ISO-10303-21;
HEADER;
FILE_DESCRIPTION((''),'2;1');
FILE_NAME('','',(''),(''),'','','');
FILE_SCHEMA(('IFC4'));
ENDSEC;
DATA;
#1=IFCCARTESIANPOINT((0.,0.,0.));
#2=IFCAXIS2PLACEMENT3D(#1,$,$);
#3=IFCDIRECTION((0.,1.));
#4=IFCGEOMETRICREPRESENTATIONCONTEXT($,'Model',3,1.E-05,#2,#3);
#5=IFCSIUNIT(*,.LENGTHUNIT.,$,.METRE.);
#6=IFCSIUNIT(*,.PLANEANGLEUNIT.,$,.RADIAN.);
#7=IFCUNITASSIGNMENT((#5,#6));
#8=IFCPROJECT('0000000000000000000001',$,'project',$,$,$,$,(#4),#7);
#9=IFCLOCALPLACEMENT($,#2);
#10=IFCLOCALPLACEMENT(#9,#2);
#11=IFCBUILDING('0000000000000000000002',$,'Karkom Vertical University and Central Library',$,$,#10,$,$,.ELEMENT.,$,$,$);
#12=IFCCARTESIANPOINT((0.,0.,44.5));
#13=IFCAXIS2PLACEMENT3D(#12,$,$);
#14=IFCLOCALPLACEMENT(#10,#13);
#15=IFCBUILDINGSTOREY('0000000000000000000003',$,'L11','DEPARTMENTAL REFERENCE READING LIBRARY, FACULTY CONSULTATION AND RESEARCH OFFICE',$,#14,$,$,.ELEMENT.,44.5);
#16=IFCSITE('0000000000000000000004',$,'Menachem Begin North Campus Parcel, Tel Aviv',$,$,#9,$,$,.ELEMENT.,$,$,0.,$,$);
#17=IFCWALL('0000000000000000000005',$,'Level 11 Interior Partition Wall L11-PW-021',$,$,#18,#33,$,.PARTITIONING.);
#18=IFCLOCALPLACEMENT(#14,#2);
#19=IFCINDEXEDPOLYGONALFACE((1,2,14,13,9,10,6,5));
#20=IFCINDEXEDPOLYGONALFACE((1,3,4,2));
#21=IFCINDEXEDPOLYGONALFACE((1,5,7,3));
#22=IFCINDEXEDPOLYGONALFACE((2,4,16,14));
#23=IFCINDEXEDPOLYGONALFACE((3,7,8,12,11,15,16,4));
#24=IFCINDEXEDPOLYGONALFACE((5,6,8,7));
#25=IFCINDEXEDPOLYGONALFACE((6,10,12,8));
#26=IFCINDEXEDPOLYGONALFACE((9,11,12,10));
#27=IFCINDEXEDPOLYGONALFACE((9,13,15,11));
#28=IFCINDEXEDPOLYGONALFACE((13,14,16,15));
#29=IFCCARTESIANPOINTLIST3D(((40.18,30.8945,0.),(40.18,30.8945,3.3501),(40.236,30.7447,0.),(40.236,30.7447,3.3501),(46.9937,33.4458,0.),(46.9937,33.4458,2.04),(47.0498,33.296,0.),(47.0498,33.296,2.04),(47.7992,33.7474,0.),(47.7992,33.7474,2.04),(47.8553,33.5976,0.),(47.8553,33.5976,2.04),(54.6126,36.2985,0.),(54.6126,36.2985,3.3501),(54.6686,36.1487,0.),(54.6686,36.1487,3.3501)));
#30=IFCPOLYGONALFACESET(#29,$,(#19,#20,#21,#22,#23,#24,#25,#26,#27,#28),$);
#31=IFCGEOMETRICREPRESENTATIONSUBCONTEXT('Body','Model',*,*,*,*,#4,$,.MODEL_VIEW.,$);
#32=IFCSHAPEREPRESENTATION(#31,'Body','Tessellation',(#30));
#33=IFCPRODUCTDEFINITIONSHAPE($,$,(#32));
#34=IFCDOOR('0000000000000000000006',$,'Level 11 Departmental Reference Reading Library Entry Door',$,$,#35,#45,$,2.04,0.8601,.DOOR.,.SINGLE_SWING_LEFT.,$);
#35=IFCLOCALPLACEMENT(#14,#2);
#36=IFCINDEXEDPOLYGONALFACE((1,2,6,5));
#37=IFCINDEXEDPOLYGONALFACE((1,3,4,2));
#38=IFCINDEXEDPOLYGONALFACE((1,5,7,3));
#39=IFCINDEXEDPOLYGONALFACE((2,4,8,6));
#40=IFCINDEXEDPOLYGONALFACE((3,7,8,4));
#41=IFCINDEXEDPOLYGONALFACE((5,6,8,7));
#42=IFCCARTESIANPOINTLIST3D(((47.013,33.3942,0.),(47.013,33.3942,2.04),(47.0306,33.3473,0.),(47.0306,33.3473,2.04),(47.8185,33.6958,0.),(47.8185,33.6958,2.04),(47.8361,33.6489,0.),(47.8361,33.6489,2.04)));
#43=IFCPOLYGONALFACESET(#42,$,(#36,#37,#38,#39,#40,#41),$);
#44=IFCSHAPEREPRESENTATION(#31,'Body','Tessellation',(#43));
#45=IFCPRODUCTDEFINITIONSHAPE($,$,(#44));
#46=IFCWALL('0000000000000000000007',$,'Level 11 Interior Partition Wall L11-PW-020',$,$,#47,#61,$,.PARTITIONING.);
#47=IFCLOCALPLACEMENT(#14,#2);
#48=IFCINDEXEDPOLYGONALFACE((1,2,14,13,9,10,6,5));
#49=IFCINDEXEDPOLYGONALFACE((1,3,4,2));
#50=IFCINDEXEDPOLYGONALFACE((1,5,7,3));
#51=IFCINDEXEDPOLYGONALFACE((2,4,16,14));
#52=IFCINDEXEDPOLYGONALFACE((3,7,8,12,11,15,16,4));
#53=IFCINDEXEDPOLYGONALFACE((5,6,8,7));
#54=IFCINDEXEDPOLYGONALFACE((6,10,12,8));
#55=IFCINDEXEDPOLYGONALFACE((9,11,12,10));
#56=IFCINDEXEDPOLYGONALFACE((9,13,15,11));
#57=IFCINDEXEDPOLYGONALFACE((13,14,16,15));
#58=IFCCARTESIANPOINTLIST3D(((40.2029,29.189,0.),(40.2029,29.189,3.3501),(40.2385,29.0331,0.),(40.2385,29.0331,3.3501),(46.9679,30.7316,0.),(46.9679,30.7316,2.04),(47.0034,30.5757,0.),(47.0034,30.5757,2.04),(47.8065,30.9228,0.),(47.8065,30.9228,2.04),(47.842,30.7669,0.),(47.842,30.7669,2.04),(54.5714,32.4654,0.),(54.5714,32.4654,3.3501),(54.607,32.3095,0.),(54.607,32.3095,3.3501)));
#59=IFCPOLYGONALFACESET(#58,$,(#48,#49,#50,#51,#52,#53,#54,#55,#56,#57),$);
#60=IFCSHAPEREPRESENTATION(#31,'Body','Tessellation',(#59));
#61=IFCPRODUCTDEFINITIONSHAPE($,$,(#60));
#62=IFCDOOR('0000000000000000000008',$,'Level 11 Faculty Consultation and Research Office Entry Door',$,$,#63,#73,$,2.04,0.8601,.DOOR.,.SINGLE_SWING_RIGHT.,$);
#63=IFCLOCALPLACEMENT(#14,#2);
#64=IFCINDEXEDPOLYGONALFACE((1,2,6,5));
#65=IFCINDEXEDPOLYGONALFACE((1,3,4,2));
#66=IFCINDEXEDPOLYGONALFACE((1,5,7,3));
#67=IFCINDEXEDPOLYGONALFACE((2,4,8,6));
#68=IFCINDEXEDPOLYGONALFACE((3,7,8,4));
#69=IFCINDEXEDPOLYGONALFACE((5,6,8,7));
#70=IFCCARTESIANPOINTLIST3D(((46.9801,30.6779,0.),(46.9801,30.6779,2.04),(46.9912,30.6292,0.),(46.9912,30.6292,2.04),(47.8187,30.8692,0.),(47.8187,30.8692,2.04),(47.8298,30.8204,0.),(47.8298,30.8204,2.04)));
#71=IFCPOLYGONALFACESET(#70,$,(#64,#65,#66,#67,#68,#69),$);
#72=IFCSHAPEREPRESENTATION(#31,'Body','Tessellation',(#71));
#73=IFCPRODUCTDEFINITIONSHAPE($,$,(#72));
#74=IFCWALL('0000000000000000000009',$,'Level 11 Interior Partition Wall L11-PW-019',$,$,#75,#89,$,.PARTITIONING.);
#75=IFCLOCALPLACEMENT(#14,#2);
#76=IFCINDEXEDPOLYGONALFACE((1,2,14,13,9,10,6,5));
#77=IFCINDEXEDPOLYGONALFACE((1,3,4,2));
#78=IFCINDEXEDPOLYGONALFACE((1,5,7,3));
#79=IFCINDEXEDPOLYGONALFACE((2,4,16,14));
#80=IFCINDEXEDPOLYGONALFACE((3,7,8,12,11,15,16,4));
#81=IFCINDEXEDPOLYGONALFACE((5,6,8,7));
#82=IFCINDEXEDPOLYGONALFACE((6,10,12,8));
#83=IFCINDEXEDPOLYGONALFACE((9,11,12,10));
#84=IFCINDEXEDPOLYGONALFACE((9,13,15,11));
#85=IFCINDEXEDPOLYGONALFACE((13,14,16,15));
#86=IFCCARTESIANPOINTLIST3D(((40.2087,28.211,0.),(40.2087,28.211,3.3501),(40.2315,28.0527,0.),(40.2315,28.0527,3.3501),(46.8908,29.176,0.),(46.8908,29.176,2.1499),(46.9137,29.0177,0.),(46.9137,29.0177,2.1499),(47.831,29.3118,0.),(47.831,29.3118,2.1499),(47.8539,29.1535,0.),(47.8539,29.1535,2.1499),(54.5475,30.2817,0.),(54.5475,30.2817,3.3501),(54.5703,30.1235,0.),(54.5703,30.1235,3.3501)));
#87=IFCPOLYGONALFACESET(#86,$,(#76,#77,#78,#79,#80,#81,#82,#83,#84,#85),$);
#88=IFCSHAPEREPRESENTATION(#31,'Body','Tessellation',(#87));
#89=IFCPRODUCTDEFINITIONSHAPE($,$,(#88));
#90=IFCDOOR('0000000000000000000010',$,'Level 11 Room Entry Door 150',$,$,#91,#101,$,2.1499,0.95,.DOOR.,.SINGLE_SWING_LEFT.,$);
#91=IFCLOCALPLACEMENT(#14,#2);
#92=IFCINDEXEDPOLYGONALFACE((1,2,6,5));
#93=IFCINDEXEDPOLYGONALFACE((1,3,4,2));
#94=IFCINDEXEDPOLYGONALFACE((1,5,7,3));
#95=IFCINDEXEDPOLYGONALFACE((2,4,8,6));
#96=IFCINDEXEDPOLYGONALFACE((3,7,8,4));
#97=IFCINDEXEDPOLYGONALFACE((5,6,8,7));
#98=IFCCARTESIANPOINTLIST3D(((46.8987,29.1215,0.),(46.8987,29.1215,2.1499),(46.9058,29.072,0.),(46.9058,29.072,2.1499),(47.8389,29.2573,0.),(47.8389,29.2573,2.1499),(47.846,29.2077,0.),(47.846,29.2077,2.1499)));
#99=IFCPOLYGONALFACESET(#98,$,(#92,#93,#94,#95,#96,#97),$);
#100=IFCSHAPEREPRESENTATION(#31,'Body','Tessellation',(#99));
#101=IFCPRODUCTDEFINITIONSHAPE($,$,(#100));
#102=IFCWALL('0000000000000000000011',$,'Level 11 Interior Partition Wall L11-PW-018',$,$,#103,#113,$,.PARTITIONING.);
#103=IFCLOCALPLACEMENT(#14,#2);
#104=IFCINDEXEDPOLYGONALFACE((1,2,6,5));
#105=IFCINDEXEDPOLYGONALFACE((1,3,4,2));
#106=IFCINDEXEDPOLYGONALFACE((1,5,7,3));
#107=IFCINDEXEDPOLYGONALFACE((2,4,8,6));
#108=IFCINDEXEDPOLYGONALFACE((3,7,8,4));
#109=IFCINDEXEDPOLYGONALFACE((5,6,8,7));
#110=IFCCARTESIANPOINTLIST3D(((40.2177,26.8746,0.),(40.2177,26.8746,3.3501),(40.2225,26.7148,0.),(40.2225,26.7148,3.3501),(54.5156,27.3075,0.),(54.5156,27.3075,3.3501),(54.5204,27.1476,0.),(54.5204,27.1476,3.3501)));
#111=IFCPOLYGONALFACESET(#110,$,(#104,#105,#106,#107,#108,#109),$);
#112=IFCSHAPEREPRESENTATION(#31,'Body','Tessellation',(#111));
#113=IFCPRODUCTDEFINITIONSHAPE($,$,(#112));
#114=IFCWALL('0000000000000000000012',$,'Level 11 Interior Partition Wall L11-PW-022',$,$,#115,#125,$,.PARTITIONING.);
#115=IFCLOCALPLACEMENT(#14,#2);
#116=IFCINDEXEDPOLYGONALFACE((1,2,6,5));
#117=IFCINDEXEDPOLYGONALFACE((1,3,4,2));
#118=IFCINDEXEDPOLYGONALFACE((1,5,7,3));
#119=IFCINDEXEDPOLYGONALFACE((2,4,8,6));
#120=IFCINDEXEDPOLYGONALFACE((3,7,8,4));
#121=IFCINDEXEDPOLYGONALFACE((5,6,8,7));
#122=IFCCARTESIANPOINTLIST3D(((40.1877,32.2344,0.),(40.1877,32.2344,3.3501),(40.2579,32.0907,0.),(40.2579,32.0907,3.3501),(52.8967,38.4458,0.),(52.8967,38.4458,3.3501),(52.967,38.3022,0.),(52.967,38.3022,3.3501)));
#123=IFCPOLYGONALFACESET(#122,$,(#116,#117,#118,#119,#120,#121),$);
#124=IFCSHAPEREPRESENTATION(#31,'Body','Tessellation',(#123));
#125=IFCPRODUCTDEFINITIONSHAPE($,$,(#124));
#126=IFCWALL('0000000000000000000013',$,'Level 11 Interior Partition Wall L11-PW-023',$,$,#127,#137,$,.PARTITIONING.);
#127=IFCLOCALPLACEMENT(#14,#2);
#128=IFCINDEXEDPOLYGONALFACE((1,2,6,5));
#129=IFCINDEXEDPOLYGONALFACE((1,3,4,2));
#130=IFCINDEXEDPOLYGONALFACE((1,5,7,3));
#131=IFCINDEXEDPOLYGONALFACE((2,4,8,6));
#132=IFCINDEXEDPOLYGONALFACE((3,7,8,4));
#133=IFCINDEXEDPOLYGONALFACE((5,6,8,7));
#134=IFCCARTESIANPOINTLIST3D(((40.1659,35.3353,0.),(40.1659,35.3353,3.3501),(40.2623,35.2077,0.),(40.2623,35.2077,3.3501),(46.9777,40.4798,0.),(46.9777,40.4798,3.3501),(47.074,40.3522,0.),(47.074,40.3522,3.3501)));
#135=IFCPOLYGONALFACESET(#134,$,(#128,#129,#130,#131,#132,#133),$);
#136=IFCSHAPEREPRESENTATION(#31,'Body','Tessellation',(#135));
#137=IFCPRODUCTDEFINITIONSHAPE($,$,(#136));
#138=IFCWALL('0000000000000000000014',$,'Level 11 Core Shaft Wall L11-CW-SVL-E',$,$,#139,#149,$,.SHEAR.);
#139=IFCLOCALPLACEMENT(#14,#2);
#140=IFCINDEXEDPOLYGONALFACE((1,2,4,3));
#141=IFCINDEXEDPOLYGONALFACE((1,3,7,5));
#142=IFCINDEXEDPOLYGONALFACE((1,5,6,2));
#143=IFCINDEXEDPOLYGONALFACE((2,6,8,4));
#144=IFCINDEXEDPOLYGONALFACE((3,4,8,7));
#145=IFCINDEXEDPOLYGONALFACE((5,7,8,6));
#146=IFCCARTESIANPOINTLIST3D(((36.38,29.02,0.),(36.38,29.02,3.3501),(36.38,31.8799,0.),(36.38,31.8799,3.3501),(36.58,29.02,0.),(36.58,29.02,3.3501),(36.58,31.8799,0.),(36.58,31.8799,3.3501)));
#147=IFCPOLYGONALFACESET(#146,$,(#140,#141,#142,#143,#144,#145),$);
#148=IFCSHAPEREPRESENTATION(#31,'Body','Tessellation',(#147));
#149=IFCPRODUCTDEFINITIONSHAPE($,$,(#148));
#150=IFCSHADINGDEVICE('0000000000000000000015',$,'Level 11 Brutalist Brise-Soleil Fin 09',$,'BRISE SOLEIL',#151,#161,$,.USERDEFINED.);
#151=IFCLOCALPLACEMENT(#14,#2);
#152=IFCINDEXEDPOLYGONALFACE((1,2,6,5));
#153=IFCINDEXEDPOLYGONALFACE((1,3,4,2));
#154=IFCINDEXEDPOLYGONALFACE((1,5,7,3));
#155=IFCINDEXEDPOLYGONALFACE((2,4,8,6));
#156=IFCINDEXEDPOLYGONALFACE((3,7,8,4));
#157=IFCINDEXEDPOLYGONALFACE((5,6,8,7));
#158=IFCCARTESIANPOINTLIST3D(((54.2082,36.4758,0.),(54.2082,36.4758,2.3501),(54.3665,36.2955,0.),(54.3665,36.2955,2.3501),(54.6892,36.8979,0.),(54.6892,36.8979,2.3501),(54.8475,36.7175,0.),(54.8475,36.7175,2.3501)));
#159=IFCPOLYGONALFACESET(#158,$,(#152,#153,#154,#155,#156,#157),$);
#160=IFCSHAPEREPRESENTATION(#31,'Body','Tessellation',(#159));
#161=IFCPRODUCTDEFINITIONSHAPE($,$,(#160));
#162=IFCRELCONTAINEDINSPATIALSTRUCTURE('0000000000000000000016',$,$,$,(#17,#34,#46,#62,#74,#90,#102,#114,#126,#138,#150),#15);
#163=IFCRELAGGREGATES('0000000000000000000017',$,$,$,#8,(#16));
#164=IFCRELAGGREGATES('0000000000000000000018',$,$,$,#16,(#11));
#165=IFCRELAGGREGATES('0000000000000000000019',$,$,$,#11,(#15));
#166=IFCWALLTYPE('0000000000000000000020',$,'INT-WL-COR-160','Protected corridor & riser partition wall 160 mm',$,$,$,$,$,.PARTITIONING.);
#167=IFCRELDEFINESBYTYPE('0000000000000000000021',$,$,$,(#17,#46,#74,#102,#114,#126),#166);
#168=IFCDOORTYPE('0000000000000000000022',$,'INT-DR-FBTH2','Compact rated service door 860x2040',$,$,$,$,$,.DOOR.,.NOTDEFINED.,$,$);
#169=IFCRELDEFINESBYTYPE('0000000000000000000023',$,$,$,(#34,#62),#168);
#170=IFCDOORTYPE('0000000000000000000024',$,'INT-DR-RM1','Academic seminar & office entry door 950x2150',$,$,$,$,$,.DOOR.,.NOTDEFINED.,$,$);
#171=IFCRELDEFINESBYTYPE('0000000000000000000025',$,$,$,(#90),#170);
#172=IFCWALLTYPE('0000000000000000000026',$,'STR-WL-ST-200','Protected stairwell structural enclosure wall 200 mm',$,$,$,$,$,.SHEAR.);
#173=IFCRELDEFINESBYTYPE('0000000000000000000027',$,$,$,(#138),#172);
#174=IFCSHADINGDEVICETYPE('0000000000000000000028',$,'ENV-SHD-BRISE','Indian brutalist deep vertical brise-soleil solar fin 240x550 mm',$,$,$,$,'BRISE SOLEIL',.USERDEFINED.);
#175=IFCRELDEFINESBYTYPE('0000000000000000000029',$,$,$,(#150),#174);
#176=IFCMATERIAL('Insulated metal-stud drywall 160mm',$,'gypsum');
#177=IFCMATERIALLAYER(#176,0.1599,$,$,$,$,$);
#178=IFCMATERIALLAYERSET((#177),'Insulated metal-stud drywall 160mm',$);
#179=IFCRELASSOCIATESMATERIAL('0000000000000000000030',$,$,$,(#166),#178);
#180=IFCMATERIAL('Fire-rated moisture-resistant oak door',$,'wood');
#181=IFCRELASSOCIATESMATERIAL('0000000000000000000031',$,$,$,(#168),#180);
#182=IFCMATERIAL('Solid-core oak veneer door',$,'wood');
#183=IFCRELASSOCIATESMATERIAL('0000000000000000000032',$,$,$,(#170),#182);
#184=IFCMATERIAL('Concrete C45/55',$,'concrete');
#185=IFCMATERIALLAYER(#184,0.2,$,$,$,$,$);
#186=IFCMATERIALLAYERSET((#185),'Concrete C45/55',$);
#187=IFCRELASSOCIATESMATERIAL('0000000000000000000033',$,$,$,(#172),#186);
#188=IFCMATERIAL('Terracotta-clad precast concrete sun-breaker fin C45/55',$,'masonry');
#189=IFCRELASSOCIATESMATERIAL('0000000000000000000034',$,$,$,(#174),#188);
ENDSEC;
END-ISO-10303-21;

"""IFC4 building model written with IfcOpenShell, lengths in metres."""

from ifc_helpers import new_model, si_unit, direction, frame, frame_2d, origin, origin_with_axes, origin_2d, place, context, subcontext, project, spatial, rectangle, extrude, source, transform, mapped, material, layer, layer_set, type_object, element, fill, save


model = new_model("IFC4")

# Units and contexts
model_context = context("Model", 3, precision=1e-05, world=origin(), true_north=direction((0.0, 1.0)))
body_context = subcontext(model_context, "Body", "Model", "MODEL_VIEW")
ifc_project = project(units=[si_unit("LENGTHUNIT", "METRE"), si_unit("PLANEANGLEUNIT", "RADIAN")], contexts=[model_context])

# Site, building, storey
site_placement = place(None, origin())
site = spatial("IfcSite", under=ifc_project, at=site_placement, Name="Menachem Begin North Campus Parcel, Tel Aviv", CompositionType="ELEMENT", RefElevation=0.0)
building_placement = place(site_placement, origin())
building = spatial("IfcBuilding", under=site, at=building_placement, Name="Karkom Vertical University and Central Library", CompositionType="ELEMENT")
storey_placement = place(building_placement, frame((0.0, 0.0, 44.5)))
storey = spatial("IfcBuildingStorey", under=building, at=storey_placement, Name="L11", Description="DEPARTMENTAL REFERENCE READING LIBRARY, FACULTY CONSULTATION AND RESEARCH OFFICE", CompositionType="ELEMENT", Elevation=44.5)

# Walls, openings, doors
ifc_material_1 = material(Name="Insulated metal-stud drywall 160mm", Category="gypsum")
ifc_layer_1 = layer(ifc_material_1, 0.1599)
ifc_layer_set_1 = layer_set([ifc_layer_1], Name="Insulated metal-stud drywall 160mm")
wall_type_1 = type_object("IfcWallType", Name="INT-WL-COR-160", Description="Protected corridor & riser partition wall 160 mm", PredefinedType="PARTITIONING", material=ifc_layer_set_1)
wall_1_placement = place(storey_placement, frame((40.208, 30.8196, 0.0), z_axis=(0.0, 0.0, 1.0), x_axis=(0.936504, 0.350658, 0.0)))
wall_1 = element("IfcWall", 1, at=wall_1_placement, inside=storey, type_object=wall_type_1, Name="Level 11 Interior Partition Wall L11-PW-021", PredefinedType="PARTITIONING", context=body_context, shape_type="SweptSolid", body=[
    extrude(rectangle(XDim=15.4111, YDim=0.1599, at=frame_2d((7.7056, 0.0))), origin(), (0.0, 0.0, 1.0), 3.3501),
])
opening_1_placement = place(wall_1_placement, frame((7.2756, 0.0, 0.0)))
opening_1 = element("IfcOpeningElement", 2, at=opening_1_placement, cuts=wall_1, PredefinedType="OPENING", context=body_context, shape_type="SweptSolid", body=[
    extrude(rectangle(XDim=0.8601, YDim=2.04, at=frame_2d((0.4302, 1.02))), frame((0.0, 0.0898, 0.0), z_axis=(0.0, -1.0, 0.0), x_axis=(1.0, 0.0, 0.0)), (0.0, 0.0, 1.0), 0.1799),
])
ifc_material_2 = material(Name="Fire-rated moisture-resistant oak door", Category="wood")
door_type_1 = type_object("IfcDoorType", Name="INT-DR-FBTH2", Description="Compact rated service door 860x2040", OperationType="NOTDEFINED", PredefinedType="DOOR", material=ifc_material_2)
shared_shape_1 = source(origin_with_axes(), body_context, "Body", "SweptSolid", [
    extrude(rectangle(XDim=0.8601, YDim=2.04, at=frame_2d((0.4302, 1.02))), frame((0.0, 0.0249, 0.0), z_axis=(0.0, -1.0, 0.0), x_axis=(1.0, 0.0, 0.0)), (0.0, 0.0, 1.0), 0.05),
])
door_1_placement = place(opening_1_placement, origin())
door_1 = element("IfcDoor", 3, at=door_1_placement, inside=storey, type_object=door_type_1, Name="Level 11 Departmental Reference Reading Library Entry Door", OperationType="SINGLE_SWING_LEFT", OverallHeight=2.04, OverallWidth=0.8601, PredefinedType="DOOR", context=body_context, shape_type="MappedRepresentation", body=[
    mapped(shared_shape_1, transform((0.0, 0.0, 0.0), scale=1.0)),
])
fill(opening_1, door_1)
wall_2_placement = place(storey_placement, frame((40.2207, 29.1111, 0.0), z_axis=(0.0, 0.0, 1.0), x_axis=(0.974974, 0.222319, 0.0)))
wall_2 = element("IfcWall", 4, at=wall_2_placement, inside=storey, type_object=wall_type_1, Name="Level 11 Interior Partition Wall L11-PW-020", PredefinedType="PARTITIONING", context=body_context, shape_type="SweptSolid", body=[
    extrude(rectangle(XDim=14.7373, YDim=0.1599, at=frame_2d((7.3687, 0.0))), origin(), (0.0, 0.0, 1.0), 3.3501),
])
opening_2_placement = place(wall_2_placement, frame((6.9385, 0.0, 0.0)))
opening_2 = element("IfcOpeningElement", 5, at=opening_2_placement, cuts=wall_2, PredefinedType="OPENING", context=body_context, shape_type="SweptSolid", body=[
    extrude(rectangle(XDim=0.8601, YDim=2.04, at=frame_2d((0.4302, 1.02))), frame((0.0, 0.0898, 0.0), z_axis=(0.0, -1.0, 0.0), x_axis=(1.0, 0.0, 0.0)), (0.0, 0.0, 1.0), 0.1799),
])
door_2_placement = place(opening_2_placement, origin())
door_2 = element("IfcDoor", 6, at=door_2_placement, inside=storey, type_object=door_type_1, Name="Level 11 Faculty Consultation and Research Office Entry Door", OperationType="SINGLE_SWING_RIGHT", OverallHeight=2.04, OverallWidth=0.8601, PredefinedType="DOOR", context=body_context, shape_type="MappedRepresentation", body=[
    mapped(shared_shape_1, transform((0.0, 0.0, 0.0), scale=1.0)),
])
fill(opening_2, door_2)
wall_3_placement = place(storey_placement, frame((40.2202, 28.1318, 0.0), z_axis=(0.0, 0.0, 1.0), x_axis=(0.989732, 0.142936, 0.0)))
wall_3 = element("IfcWall", 7, at=wall_3_placement, inside=storey, type_object=wall_type_1, Name="Level 11 Interior Partition Wall L11-PW-019", PredefinedType="PARTITIONING", context=body_context, shape_type="SweptSolid", body=[
    extrude(rectangle(XDim=14.4875, YDim=0.1599, at=frame_2d((7.2437, 0.0))), origin(), (0.0, 0.0, 1.0), 3.3501),
])
opening_3_placement = place(wall_3_placement, frame((6.7512, 0.0, 0.0)))
opening_3 = element("IfcOpeningElement", 8, at=opening_3_placement, cuts=wall_3, PredefinedType="OPENING", context=body_context, shape_type="SweptSolid", body=[
    extrude(rectangle(XDim=0.95, YDim=2.1499, at=frame_2d((0.4751, 1.075))), frame((0.0, 0.0898, 0.0), z_axis=(0.0, -1.0, 0.0), x_axis=(1.0, 0.0, 0.0)), (0.0, 0.0, 1.0), 0.1799),
])
ifc_material_3 = material(Name="Solid-core oak veneer door", Category="wood")
door_type_2 = type_object("IfcDoorType", Name="INT-DR-RM1", Description="Academic seminar & office entry door 950x2150", OperationType="NOTDEFINED", PredefinedType="DOOR", material=ifc_material_3)
shared_shape_2 = source(origin_with_axes(), body_context, "Body", "SweptSolid", [
    extrude(rectangle(XDim=0.95, YDim=2.1499, at=frame_2d((0.4751, 1.075))), frame((0.0, 0.0249, 0.0), z_axis=(0.0, -1.0, 0.0), x_axis=(1.0, 0.0, 0.0)), (0.0, 0.0, 1.0), 0.05),
])
door_3_placement = place(opening_3_placement, origin())
door_3 = element("IfcDoor", 9, at=door_3_placement, inside=storey, type_object=door_type_2, Name="Level 11 Room Entry Door 150", OperationType="SINGLE_SWING_LEFT", OverallHeight=2.1499, OverallWidth=0.95, PredefinedType="DOOR", context=body_context, shape_type="MappedRepresentation", body=[
    mapped(shared_shape_2, transform((0.0, 0.0, 0.0), scale=1.0)),
])
fill(opening_3, door_3)

# Walls
wall_4_placement = place(storey_placement, frame((40.22, 26.7947, 0.0), z_axis=(0.0, 0.0, 1.0), x_axis=(0.999542, 0.030261, 0.0)))
element("IfcWall", 10, at=wall_4_placement, inside=storey, type_object=wall_type_1, Name="Level 11 Interior Partition Wall L11-PW-018", PredefinedType="PARTITIONING", context=body_context, shape_type="SweptSolid", body=[
    extrude(rectangle(XDim=14.3044, YDim=0.1599, at=frame_2d((7.1523, 0.0))), origin(), (0.0, 0.0, 1.0), 3.3501),
])
wall_5_placement = place(storey_placement, frame((40.2229, 32.1626, 0.0), z_axis=(0.0, 0.0, 1.0), x_axis=(0.898436, 0.439104, 0.0)))
element("IfcWall", 11, at=wall_5_placement, inside=storey, type_object=wall_type_1, Name="Level 11 Interior Partition Wall L11-PW-022", PredefinedType="PARTITIONING", context=body_context, shape_type="SweptSolid", body=[
    extrude(rectangle(XDim=14.1458, YDim=0.1599, at=frame_2d((7.0728, 0.0))), origin(), (0.0, 0.0, 1.0), 3.3501),
])
wall_6_placement = place(storey_placement, frame((40.2141, 35.2715, 0.0), z_axis=(0.0, 0.0, 1.0), x_axis=(0.797988, 0.602674, 0.0)))
element("IfcWall", 12, at=wall_6_placement, inside=storey, type_object=wall_type_1, Name="Level 11 Interior Partition Wall L11-PW-023", PredefinedType="PARTITIONING", context=body_context, shape_type="SweptSolid", body=[
    extrude(rectangle(XDim=8.5361, YDim=0.1599, at=frame_2d((4.2681, 0.0))), origin(), (0.0, 0.0, 1.0), 3.3501),
])

# Wall
ifc_material_4 = material(Name="Concrete C45/55", Category="concrete")
ifc_layer_2 = layer(ifc_material_4, 0.2)
ifc_layer_set_2 = layer_set([ifc_layer_2], Name="Concrete C45/55")
wall_type_2 = type_object("IfcWallType", Name="STR-WL-ST-200", Description="Protected stairwell structural enclosure wall 200 mm", PredefinedType="SHEAR", material=ifc_layer_set_2)
wall_7_placement = place(storey_placement, frame((36.48, 29.02, 0.0), z_axis=(0.0, 0.0, 1.0), x_axis=(0.0, 1.0, 0.0)))
element("IfcWall", 13, at=wall_7_placement, inside=storey, type_object=wall_type_2, Name="Level 11 Core Shaft Wall L11-CW-SVL-E", PredefinedType="SHEAR", context=body_context, shape_type="SweptSolid", body=[
    extrude(rectangle(XDim=2.8599, YDim=0.2, at=frame_2d((1.4299, 0.0))), origin(), (0.0, 0.0, 1.0), 3.3501),
])

# Shading device
ifc_material_5 = material(Name="Terracotta-clad precast concrete sun-breaker fin C45/55", Category="masonry")
shading_device_type = type_object("IfcShadingDeviceType", Name="ENV-SHD-BRISE", Description="Indian brutalist deep vertical brise-soleil solar fin 240x550 mm", ElementType="BRISE SOLEIL", PredefinedType="USERDEFINED", material=ifc_material_5)
shared_shape_3 = source(origin_with_axes(), body_context, "Body", "SweptSolid", [
    extrude(rectangle(XDim=0.24, YDim=0.6399, at=origin_2d()), origin(), (0.0, 0.0, 1.0), 2.3501),
])
shading_device_placement = place(storey_placement, frame((54.5278, 36.5967, 0.0), z_axis=(0.0, 0.0, 1.0), x_axis=(-0.659608, 0.75161, 0.0)))
element("IfcShadingDevice", 14, at=shading_device_placement, inside=storey, type_object=shading_device_type, Name="Level 11 Brutalist Brise-Soleil Fin 09", ObjectType="BRISE SOLEIL", PredefinedType="USERDEFINED", context=body_context, shape_type="MappedRepresentation", body=[
    mapped(shared_shape_3, transform((0.0, 0.0, 0.0), scale=1.0)),
])

save(model, "model.ifc")
